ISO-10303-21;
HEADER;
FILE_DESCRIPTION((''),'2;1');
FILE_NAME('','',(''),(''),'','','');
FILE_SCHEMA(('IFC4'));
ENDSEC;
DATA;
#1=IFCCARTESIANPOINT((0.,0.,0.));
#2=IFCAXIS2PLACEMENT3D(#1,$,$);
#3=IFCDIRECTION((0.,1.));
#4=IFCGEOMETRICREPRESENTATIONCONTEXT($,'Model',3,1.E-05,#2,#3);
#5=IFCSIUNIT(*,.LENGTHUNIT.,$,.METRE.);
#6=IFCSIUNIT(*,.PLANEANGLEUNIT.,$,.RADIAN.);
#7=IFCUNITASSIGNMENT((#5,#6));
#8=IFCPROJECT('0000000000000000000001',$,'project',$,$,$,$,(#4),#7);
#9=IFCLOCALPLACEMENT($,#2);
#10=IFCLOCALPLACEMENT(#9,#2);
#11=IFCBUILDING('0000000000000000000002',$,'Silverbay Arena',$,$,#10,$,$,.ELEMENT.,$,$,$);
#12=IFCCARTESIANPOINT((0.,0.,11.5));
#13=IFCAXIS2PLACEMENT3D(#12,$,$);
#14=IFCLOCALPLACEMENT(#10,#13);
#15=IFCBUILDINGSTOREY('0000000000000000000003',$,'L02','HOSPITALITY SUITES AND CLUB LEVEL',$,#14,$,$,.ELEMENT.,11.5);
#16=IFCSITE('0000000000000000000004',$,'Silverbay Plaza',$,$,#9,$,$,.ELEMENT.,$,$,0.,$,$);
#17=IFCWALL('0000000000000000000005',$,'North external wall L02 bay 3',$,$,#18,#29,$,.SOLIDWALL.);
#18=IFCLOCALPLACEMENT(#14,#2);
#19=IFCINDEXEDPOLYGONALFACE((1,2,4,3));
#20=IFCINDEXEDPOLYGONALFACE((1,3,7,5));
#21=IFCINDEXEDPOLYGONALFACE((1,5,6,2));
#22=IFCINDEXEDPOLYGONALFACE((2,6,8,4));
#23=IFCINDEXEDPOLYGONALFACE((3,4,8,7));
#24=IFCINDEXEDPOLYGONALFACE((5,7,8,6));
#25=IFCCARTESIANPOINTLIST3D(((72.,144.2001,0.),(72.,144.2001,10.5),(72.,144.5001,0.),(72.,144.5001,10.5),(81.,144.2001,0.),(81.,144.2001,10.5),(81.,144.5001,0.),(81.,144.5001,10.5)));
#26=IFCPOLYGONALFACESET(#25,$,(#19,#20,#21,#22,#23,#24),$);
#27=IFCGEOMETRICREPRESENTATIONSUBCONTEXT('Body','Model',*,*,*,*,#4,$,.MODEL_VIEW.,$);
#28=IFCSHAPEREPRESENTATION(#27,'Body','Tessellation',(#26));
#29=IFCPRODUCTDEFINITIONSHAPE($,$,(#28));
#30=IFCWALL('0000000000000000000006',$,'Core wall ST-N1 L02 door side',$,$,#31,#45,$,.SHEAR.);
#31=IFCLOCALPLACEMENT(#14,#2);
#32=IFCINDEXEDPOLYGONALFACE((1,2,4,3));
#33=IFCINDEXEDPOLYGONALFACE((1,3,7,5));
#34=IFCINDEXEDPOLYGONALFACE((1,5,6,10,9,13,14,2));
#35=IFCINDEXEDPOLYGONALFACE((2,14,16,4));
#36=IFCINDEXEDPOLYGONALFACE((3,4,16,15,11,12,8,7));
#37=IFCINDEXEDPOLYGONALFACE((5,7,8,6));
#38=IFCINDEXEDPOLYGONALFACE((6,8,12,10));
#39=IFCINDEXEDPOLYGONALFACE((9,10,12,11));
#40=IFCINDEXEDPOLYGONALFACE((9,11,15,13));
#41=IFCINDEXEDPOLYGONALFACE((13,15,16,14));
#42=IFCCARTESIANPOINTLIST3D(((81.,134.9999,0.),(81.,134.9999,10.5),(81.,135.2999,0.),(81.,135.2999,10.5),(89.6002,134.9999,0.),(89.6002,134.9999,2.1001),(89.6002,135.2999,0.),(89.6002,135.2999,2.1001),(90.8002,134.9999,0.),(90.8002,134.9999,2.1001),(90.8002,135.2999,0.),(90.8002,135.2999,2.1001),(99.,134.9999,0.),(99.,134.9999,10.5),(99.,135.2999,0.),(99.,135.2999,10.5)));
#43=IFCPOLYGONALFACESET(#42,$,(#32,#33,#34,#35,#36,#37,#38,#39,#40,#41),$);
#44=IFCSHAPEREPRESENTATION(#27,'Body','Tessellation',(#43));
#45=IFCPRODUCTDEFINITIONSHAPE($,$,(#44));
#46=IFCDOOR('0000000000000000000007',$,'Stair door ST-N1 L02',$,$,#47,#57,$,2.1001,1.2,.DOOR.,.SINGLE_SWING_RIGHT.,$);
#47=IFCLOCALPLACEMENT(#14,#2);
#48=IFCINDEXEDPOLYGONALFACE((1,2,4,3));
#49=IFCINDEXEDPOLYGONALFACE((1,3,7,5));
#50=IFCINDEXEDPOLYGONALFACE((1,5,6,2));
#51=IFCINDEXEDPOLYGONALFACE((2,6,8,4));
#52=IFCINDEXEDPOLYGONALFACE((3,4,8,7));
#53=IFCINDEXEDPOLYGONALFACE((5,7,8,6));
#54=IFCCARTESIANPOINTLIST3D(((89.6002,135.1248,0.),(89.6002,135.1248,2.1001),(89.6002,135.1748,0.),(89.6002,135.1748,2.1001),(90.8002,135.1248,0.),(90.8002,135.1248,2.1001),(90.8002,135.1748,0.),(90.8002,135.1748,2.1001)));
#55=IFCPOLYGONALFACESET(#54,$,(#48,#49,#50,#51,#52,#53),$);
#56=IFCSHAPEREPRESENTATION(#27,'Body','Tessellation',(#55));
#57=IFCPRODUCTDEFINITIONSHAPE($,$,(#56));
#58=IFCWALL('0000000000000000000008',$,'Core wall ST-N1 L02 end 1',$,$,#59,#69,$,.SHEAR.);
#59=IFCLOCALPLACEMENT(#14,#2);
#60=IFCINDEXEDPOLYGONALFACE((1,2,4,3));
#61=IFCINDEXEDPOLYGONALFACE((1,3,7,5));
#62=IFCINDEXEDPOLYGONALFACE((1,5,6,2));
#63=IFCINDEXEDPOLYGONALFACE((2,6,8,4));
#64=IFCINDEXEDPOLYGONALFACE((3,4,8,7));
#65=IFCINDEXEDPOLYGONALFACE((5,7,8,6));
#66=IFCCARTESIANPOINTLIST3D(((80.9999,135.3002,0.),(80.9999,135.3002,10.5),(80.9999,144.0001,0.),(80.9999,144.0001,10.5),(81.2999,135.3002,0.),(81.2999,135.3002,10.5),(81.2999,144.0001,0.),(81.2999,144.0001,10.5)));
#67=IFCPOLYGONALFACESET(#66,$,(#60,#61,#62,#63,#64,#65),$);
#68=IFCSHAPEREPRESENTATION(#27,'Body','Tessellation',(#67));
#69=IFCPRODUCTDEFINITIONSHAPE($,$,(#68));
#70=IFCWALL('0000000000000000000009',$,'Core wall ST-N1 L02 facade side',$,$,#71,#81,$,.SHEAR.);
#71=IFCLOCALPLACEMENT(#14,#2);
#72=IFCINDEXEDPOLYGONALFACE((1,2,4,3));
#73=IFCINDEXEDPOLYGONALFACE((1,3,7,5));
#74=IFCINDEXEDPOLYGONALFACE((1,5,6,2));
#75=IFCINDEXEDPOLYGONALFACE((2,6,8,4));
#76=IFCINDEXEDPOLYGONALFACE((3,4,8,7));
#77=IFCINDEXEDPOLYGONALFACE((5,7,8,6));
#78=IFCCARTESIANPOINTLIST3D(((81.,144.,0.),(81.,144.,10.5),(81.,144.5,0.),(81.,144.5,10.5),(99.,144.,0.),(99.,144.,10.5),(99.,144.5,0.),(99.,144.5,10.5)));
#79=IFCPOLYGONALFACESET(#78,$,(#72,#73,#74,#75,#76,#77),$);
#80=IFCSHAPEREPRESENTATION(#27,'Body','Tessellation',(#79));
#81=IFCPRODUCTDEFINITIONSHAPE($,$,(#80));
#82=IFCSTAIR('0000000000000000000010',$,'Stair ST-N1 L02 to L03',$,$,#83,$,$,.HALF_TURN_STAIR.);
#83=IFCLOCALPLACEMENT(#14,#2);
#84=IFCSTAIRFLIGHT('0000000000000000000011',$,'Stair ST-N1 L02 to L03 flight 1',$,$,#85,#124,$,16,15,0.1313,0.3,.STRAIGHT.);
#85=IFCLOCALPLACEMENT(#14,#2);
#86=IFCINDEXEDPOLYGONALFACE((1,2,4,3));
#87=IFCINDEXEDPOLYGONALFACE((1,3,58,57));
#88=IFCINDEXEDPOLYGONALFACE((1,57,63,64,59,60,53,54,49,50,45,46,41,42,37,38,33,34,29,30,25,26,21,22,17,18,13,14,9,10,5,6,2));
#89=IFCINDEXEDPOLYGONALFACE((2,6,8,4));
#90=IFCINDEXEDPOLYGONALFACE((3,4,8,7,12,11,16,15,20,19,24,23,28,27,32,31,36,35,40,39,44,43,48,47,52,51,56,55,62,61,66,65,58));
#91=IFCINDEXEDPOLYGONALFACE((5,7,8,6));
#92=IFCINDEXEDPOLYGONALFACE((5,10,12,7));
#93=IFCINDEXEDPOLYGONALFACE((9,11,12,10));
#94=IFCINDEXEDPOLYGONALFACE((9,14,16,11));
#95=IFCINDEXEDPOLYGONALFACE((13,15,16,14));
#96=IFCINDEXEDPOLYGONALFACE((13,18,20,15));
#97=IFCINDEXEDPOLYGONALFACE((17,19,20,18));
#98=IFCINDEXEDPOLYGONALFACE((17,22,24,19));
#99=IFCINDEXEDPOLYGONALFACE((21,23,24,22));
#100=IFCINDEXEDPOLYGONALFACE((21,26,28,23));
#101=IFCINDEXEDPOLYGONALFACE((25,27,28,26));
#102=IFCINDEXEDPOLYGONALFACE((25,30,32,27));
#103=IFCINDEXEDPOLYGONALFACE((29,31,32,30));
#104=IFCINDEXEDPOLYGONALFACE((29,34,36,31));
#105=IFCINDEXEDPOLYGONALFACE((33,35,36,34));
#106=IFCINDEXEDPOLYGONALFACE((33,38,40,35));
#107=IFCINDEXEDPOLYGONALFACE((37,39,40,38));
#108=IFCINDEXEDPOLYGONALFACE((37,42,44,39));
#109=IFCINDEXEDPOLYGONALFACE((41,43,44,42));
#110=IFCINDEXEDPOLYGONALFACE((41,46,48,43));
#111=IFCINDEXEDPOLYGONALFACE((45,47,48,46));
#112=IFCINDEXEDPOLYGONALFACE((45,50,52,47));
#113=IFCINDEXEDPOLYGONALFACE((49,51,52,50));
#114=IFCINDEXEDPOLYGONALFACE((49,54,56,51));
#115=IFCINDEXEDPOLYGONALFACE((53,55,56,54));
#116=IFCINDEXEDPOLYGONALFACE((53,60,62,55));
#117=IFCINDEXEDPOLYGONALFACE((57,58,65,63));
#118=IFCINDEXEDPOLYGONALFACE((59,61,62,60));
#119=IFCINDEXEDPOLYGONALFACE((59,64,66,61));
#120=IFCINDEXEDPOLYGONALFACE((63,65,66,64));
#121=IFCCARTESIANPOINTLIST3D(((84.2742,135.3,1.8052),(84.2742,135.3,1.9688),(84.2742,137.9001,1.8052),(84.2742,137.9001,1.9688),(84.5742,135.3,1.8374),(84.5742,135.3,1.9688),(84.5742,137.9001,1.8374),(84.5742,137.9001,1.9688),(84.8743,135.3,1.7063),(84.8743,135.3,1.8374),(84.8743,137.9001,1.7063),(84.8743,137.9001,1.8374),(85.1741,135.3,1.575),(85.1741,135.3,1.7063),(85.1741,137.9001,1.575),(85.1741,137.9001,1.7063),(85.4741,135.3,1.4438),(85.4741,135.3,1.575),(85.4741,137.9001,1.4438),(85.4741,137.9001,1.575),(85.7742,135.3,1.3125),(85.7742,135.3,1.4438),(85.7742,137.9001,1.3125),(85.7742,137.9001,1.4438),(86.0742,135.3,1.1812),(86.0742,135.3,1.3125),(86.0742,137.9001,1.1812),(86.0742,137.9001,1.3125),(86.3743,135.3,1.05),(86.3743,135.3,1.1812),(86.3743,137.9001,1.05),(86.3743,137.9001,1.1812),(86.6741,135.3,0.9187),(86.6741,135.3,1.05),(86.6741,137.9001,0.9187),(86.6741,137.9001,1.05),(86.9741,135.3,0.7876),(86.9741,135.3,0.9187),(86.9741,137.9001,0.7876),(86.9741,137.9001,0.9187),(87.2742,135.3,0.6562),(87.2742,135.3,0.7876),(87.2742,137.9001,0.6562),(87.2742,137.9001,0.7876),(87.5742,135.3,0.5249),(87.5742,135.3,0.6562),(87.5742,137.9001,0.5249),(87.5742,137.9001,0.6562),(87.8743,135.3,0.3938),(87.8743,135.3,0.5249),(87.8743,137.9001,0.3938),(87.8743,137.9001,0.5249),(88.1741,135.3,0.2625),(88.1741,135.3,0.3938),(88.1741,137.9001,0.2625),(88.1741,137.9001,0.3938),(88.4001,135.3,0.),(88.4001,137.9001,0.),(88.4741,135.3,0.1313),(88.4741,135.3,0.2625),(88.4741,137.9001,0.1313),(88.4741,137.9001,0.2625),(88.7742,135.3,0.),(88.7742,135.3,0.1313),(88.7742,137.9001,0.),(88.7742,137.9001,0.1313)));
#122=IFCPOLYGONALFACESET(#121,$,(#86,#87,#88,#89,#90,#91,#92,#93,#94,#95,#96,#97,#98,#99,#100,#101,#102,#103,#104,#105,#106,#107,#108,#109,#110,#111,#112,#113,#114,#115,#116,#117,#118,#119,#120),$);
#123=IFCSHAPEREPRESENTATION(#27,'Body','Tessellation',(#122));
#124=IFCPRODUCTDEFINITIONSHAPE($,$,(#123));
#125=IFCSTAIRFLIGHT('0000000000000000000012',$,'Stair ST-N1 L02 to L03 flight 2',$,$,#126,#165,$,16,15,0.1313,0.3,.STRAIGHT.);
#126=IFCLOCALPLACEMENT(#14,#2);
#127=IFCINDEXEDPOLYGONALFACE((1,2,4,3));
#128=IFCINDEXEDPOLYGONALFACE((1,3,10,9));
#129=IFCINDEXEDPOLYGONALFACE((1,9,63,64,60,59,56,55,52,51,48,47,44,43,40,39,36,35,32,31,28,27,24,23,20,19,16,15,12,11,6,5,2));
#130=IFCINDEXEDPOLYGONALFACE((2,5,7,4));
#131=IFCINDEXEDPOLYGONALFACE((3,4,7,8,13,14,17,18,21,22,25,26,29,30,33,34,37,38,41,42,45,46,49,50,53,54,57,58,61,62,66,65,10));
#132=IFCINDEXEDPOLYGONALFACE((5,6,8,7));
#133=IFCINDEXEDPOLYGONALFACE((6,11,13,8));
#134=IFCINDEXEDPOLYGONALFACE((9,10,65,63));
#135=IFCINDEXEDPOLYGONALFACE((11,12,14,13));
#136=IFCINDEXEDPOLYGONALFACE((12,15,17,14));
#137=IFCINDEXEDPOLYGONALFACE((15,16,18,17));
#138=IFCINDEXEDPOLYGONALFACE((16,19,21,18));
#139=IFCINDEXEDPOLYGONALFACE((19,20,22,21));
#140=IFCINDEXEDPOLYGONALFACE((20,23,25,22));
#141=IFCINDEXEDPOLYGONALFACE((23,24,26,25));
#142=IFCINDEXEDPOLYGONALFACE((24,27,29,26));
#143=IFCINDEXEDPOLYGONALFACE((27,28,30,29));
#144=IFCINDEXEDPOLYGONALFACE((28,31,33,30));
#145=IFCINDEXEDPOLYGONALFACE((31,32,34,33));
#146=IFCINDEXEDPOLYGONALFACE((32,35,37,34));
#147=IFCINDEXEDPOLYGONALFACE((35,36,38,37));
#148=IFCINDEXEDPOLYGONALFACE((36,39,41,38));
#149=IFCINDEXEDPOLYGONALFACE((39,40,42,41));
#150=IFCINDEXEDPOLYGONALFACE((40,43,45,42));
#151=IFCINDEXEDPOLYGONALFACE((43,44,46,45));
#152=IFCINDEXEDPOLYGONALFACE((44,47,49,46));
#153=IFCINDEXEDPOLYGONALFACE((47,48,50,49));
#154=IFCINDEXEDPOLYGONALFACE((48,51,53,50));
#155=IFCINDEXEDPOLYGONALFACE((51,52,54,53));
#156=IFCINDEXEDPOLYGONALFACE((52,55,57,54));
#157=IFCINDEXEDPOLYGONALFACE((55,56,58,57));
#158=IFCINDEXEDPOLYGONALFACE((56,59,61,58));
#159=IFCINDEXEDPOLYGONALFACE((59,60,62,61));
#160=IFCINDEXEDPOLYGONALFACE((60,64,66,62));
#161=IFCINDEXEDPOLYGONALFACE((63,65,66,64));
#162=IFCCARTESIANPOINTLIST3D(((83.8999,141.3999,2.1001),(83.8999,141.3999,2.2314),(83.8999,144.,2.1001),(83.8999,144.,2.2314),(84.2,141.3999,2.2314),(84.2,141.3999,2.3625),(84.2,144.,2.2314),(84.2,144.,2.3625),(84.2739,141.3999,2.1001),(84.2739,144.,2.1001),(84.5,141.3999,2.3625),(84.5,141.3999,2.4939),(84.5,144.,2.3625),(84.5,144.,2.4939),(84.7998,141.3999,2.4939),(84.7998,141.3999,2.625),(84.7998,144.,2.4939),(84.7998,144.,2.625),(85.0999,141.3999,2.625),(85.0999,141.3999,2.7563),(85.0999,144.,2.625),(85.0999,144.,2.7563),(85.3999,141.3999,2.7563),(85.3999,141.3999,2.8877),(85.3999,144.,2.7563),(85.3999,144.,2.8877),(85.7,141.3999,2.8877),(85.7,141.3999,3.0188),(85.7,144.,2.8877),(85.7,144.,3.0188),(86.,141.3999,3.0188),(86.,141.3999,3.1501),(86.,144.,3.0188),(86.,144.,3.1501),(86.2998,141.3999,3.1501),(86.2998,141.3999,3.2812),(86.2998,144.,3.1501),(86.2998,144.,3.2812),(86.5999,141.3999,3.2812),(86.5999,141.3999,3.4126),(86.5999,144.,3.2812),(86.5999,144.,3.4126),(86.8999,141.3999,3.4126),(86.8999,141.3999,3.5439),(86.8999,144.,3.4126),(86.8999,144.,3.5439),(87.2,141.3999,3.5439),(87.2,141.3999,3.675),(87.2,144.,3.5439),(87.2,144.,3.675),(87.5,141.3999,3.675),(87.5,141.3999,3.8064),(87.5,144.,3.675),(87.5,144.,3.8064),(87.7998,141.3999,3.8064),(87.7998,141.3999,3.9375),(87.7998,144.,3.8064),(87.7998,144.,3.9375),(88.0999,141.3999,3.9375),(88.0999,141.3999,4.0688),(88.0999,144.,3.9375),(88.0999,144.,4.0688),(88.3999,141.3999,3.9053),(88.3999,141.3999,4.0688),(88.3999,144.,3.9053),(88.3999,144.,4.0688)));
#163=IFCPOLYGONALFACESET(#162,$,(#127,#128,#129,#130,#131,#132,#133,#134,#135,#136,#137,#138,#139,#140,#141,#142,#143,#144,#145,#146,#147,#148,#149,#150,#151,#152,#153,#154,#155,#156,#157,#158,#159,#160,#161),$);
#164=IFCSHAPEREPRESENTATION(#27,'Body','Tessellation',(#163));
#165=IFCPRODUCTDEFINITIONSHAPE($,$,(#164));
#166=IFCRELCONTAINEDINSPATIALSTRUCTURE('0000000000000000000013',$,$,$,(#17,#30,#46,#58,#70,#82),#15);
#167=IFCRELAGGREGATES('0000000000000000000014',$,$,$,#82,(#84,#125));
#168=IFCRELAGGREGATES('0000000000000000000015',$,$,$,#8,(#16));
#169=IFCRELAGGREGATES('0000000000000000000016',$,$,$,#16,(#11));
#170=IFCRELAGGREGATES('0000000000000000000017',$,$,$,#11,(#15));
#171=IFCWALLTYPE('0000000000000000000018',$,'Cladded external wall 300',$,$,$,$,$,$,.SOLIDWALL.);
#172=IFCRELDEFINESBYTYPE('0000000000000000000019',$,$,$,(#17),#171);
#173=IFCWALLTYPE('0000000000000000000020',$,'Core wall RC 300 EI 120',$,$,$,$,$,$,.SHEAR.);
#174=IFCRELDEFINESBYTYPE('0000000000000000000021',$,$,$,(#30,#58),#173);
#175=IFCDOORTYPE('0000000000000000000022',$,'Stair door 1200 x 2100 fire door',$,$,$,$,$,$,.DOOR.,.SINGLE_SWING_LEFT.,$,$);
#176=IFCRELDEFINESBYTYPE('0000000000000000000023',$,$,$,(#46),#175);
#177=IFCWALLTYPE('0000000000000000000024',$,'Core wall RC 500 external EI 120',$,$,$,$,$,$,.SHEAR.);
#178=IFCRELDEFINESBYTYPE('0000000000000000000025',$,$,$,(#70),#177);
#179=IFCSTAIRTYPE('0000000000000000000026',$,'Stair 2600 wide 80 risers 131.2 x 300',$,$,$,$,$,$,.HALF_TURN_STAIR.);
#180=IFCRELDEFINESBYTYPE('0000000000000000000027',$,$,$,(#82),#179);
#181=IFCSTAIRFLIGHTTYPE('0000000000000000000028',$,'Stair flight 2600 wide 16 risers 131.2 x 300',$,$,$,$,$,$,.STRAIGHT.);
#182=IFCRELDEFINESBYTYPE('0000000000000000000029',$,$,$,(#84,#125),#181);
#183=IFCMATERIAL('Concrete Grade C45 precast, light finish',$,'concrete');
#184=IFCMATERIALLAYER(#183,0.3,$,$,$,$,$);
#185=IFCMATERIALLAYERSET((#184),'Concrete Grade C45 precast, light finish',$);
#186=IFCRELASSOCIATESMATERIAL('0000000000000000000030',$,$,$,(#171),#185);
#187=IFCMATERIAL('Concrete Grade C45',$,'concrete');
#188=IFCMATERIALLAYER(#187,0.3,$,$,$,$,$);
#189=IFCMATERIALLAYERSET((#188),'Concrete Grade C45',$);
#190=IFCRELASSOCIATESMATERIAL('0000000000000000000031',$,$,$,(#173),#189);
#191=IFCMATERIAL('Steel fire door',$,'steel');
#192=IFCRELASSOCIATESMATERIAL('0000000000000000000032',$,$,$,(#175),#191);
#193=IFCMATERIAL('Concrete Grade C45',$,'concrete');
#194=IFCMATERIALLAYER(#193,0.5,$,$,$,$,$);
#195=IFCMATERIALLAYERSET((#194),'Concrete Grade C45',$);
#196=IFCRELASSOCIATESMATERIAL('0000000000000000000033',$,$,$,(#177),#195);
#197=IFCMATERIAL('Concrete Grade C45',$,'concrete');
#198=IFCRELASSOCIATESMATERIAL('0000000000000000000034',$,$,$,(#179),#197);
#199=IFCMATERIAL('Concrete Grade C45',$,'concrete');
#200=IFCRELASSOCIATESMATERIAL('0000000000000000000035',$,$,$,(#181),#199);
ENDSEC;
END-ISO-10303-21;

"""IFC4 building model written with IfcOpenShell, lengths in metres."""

from ifc_helpers import new_model, si_unit, direction, frame, frame_2d, origin, place, context, subcontext, project, spatial, polyline, rectangle, outline, extrude, material, layer, layer_set, type_object, element, fill, aggregate, save


model = new_model("IFC4")

# Units and contexts
model_context = context("Model", 3, precision=1e-05, world=origin(), true_north=direction((0.0, 1.0)))
body_context = subcontext(model_context, "Body", "Model", "MODEL_VIEW")
ifc_project = project(units=[si_unit("LENGTHUNIT", "METRE"), si_unit("PLANEANGLEUNIT", "RADIAN")], contexts=[model_context])

# Site, building, storey
site_placement = place(None, origin())
site = spatial("IfcSite", under=ifc_project, at=site_placement, Name="Silverbay Plaza", CompositionType="ELEMENT", RefElevation=0.0)
building_placement = place(site_placement, origin())
building = spatial("IfcBuilding", under=site, at=building_placement, Name="Silverbay Arena", CompositionType="ELEMENT")
storey_placement = place(building_placement, frame((0.0, 0.0, 11.5)))
storey = spatial("IfcBuildingStorey", under=building, at=storey_placement, Name="L02", Description="HOSPITALITY SUITES AND CLUB LEVEL", CompositionType="ELEMENT", Elevation=11.5)

# Wall
ifc_material_1 = material(Name="Concrete Grade C45 precast, light finish", Category="concrete")
ifc_layer_1 = layer(ifc_material_1, 0.3)
ifc_layer_set_1 = layer_set([ifc_layer_1], Name="Concrete Grade C45 precast, light finish")
wall_type_1 = type_object("IfcWallType", Name="Cladded external wall 300", PredefinedType="SOLIDWALL", material=ifc_layer_set_1)
wall_1_placement = place(storey_placement, frame((81.0, 144.3501, 0.0), z_axis=(0.0, 0.0, 1.0), x_axis=(-1.0, 0.0, 0.0)))
element("IfcWall", 1, at=wall_1_placement, inside=storey, type_object=wall_type_1, Name="North external wall L02 bay 3", PredefinedType="SOLIDWALL", context=body_context, shape_type="SweptSolid", body=[
    extrude(rectangle(XDim=9.0, YDim=0.3, at=frame_2d((4.5, 0.0))), origin(), (0.0, 0.0, 1.0), 10.5),
])

# Wall, opening, door
ifc_material_2 = material(Name="Concrete Grade C45", Category="concrete")
ifc_layer_2 = layer(ifc_material_2, 0.3)
ifc_layer_set_2 = layer_set([ifc_layer_2], Name="Concrete Grade C45")
wall_type_2 = type_object("IfcWallType", Name="Core wall RC 300 EI 120", PredefinedType="SHEAR", material=ifc_layer_set_2)
wall_2_placement = place(storey_placement, frame((81.0, 135.1499, 0.0), z_axis=(0.0, 0.0, 1.0), x_axis=(1.0, 0.0, 0.0)))
wall_2 = element("IfcWall", 2, at=wall_2_placement, inside=storey, type_object=wall_type_2, Name="Core wall ST-N1 L02 door side", PredefinedType="SHEAR", context=body_context, shape_type="SweptSolid", body=[
    extrude(rectangle(XDim=18.0, YDim=0.3, at=frame_2d((9.0, 0.0))), origin(), (0.0, 0.0, 1.0), 10.5),
])
opening_placement = place(wall_2_placement, frame((8.6001, 0.0, 0.0)))
opening = element("IfcOpeningElement", 3, at=opening_placement, cuts=wall_2, PredefinedType="OPENING", context=body_context, shape_type="SweptSolid", body=[
    extrude(rectangle(XDim=1.2, YDim=2.1001, at=frame_2d((0.6001, 1.05))), frame((0.0, 0.1602, 0.0), z_axis=(0.0, -1.0, 0.0), x_axis=(1.0, 0.0, 0.0)), (0.0, 0.0, 1.0), 0.3201),
])
ifc_material_3 = material(Name="Steel fire door", Category="steel")
door_type = type_object("IfcDoorType", Name="Stair door 1200 x 2100 fire door", OperationType="SINGLE_SWING_LEFT", PredefinedType="DOOR", material=ifc_material_3)
door_placement = place(opening_placement, origin())
door = element("IfcDoor", 4, at=door_placement, inside=storey, type_object=door_type, Name="Stair door ST-N1 L02", OperationType="SINGLE_SWING_RIGHT", OverallHeight=2.1001, OverallWidth=1.2, PredefinedType="DOOR", context=body_context, shape_type="SweptSolid", body=[
    extrude(rectangle(XDim=1.2, YDim=2.1001, at=frame_2d((0.6001, 1.05))), frame((0.0, 0.0249, 0.0), z_axis=(0.0, -1.0, 0.0), x_axis=(1.0, 0.0, 0.0)), (0.0, 0.0, 1.0), 0.05),
])
fill(opening, door)

# Walls
wall_3_placement = place(storey_placement, frame((81.1499, 135.3, 0.0), z_axis=(0.0, 0.0, 1.0), x_axis=(0.0, 1.0, 0.0)))
element("IfcWall", 5, at=wall_3_placement, inside=storey, type_object=wall_type_2, Name="Core wall ST-N1 L02 end 1", PredefinedType="SHEAR", context=body_context, shape_type="SweptSolid", body=[
    extrude(rectangle(XDim=8.7, YDim=0.3, at=frame_2d((4.3501, 0.0))), origin(), (0.0, 0.0, 1.0), 10.5),
])
ifc_material_4 = material(Name="Concrete Grade C45", Category="concrete")
ifc_layer_3 = layer(ifc_material_4, 0.5)
ifc_layer_set_3 = layer_set([ifc_layer_3], Name="Concrete Grade C45")
wall_type_3 = type_object("IfcWallType", Name="Core wall RC 500 external EI 120", PredefinedType="SHEAR", material=ifc_layer_set_3)
wall_4_placement = place(storey_placement, frame((81.0, 144.25, 0.0), z_axis=(0.0, 0.0, 1.0), x_axis=(1.0, 0.0, 0.0)))
element("IfcWall", 6, at=wall_4_placement, inside=storey, type_object=wall_type_3, Name="Core wall ST-N1 L02 facade side", PredefinedType="SHEAR", context=body_context, shape_type="SweptSolid", body=[
    extrude(rectangle(XDim=18.0, YDim=0.5, at=frame_2d((9.0, 0.0))), origin(), (0.0, 0.0, 1.0), 10.5),
])

# Stair, stair flights
ifc_material_5 = material(Name="Concrete Grade C45", Category="concrete")
stair_type = type_object("IfcStairType", Name="Stair 2600 wide 80 risers 131.2 x 300", PredefinedType="HALF_TURN_STAIR", material=ifc_material_5)
stair_placement = place(storey_placement, origin())
stair = element("IfcStair", 7, at=stair_placement, inside=storey, type_object=stair_type, Name="Stair ST-N1 L02 to L03", PredefinedType="HALF_TURN_STAIR")
ifc_material_6 = material(Name="Concrete Grade C45", Category="concrete")
stair_flight_type = type_object("IfcStairFlightType", Name="Stair flight 2600 wide 16 risers 131.2 x 300", PredefinedType="STRAIGHT", material=ifc_material_6)
stair_flight_1_placement = place(storey_placement, frame((88.7742, 136.6001, 0.0), z_axis=(0.0, 0.0, 1.0), x_axis=(-1.0, 0.0, 0.0)))
stair_flight_1 = element("IfcStairFlight", 8, at=stair_flight_1_placement, type_object=stair_flight_type, Name="Stair ST-N1 L02 to L03 flight 1", NumberOfRisers=16, NumberOfTreads=15, PredefinedType="STRAIGHT", RiserHeight=0.1313, TreadLength=0.3, context=body_context, shape_type="SweptSolid", body=[
    extrude(outline(polyline([(0.0, 0.0), (0.0, 0.1313), (0.3, 0.1313), (0.3, 0.2625), (0.6001, 0.2625), (0.6001, 0.3938), (0.8999, 0.3938), (0.8999, 0.5249), (1.2, 0.5249), (1.2, 0.6562), (1.5, 0.6562), (1.5, 0.7876), (1.8, 0.7876), (1.8, 0.9187), (2.1001, 0.9187), (2.1001, 1.05), (2.3999, 1.05), (2.3999, 1.1812), (2.7, 1.1812), (2.7, 1.3125), (3.0, 1.3125), (3.0, 1.4438), (3.3, 1.4438), (3.3, 1.575), (3.6001, 1.575), (3.6001, 1.7063), (3.8999, 1.7063), (3.8999, 1.8374), (4.2, 1.8374), (4.2, 1.9688), (4.5, 1.9688), (4.5, 1.8052), (0.374, 0.0), (0.0, 0.0)])), frame((0.0, 1.3, 0.0), z_axis=(0.0, -1.0, 0.0), x_axis=(1.0, 0.0, 0.0)), (0.0, 0.0, 1.0), 2.6001),
])
stair_flight_2_placement = place(storey_placement, frame((83.8999, 142.7, 2.1001), z_axis=(0.0, 0.0, 1.0), x_axis=(1.0, 0.0, 0.0)))
stair_flight_2 = element("IfcStairFlight", 9, at=stair_flight_2_placement, type_object=stair_flight_type, Name="Stair ST-N1 L02 to L03 flight 2", NumberOfRisers=16, NumberOfTreads=15, PredefinedType="STRAIGHT", RiserHeight=0.1313, TreadLength=0.3, context=body_context, shape_type="SweptSolid", body=[
    extrude(outline(polyline([(0.0, 0.0), (0.0, 0.1313), (0.3, 0.1313), (0.3, 0.2625), (0.6001, 0.2625), (0.6001, 0.3938), (0.8999, 0.3938), (0.8999, 0.5249), (1.2, 0.5249), (1.2, 0.6562), (1.5, 0.6562), (1.5, 0.7876), (1.8, 0.7876), (1.8, 0.9187), (2.1001, 0.9187), (2.1001, 1.05), (2.3999, 1.05), (2.3999, 1.1812), (2.7, 1.1812), (2.7, 1.3125), (3.0, 1.3125), (3.0, 1.4438), (3.3, 1.4438), (3.3, 1.575), (3.6001, 1.575), (3.6001, 1.7063), (3.8999, 1.7063), (3.8999, 1.8374), (4.2, 1.8374), (4.2, 1.9688), (4.5, 1.9688), (4.5, 1.8052), (0.374, 0.0), (0.0, 0.0)])), frame((0.0, 1.3, 0.0), z_axis=(0.0, -1.0, 0.0), x_axis=(1.0, 0.0, 0.0)), (0.0, 0.0, 1.0), 2.6001),
])
aggregate(stair, [stair_flight_1, stair_flight_2])

save(model, "model.ifc")
